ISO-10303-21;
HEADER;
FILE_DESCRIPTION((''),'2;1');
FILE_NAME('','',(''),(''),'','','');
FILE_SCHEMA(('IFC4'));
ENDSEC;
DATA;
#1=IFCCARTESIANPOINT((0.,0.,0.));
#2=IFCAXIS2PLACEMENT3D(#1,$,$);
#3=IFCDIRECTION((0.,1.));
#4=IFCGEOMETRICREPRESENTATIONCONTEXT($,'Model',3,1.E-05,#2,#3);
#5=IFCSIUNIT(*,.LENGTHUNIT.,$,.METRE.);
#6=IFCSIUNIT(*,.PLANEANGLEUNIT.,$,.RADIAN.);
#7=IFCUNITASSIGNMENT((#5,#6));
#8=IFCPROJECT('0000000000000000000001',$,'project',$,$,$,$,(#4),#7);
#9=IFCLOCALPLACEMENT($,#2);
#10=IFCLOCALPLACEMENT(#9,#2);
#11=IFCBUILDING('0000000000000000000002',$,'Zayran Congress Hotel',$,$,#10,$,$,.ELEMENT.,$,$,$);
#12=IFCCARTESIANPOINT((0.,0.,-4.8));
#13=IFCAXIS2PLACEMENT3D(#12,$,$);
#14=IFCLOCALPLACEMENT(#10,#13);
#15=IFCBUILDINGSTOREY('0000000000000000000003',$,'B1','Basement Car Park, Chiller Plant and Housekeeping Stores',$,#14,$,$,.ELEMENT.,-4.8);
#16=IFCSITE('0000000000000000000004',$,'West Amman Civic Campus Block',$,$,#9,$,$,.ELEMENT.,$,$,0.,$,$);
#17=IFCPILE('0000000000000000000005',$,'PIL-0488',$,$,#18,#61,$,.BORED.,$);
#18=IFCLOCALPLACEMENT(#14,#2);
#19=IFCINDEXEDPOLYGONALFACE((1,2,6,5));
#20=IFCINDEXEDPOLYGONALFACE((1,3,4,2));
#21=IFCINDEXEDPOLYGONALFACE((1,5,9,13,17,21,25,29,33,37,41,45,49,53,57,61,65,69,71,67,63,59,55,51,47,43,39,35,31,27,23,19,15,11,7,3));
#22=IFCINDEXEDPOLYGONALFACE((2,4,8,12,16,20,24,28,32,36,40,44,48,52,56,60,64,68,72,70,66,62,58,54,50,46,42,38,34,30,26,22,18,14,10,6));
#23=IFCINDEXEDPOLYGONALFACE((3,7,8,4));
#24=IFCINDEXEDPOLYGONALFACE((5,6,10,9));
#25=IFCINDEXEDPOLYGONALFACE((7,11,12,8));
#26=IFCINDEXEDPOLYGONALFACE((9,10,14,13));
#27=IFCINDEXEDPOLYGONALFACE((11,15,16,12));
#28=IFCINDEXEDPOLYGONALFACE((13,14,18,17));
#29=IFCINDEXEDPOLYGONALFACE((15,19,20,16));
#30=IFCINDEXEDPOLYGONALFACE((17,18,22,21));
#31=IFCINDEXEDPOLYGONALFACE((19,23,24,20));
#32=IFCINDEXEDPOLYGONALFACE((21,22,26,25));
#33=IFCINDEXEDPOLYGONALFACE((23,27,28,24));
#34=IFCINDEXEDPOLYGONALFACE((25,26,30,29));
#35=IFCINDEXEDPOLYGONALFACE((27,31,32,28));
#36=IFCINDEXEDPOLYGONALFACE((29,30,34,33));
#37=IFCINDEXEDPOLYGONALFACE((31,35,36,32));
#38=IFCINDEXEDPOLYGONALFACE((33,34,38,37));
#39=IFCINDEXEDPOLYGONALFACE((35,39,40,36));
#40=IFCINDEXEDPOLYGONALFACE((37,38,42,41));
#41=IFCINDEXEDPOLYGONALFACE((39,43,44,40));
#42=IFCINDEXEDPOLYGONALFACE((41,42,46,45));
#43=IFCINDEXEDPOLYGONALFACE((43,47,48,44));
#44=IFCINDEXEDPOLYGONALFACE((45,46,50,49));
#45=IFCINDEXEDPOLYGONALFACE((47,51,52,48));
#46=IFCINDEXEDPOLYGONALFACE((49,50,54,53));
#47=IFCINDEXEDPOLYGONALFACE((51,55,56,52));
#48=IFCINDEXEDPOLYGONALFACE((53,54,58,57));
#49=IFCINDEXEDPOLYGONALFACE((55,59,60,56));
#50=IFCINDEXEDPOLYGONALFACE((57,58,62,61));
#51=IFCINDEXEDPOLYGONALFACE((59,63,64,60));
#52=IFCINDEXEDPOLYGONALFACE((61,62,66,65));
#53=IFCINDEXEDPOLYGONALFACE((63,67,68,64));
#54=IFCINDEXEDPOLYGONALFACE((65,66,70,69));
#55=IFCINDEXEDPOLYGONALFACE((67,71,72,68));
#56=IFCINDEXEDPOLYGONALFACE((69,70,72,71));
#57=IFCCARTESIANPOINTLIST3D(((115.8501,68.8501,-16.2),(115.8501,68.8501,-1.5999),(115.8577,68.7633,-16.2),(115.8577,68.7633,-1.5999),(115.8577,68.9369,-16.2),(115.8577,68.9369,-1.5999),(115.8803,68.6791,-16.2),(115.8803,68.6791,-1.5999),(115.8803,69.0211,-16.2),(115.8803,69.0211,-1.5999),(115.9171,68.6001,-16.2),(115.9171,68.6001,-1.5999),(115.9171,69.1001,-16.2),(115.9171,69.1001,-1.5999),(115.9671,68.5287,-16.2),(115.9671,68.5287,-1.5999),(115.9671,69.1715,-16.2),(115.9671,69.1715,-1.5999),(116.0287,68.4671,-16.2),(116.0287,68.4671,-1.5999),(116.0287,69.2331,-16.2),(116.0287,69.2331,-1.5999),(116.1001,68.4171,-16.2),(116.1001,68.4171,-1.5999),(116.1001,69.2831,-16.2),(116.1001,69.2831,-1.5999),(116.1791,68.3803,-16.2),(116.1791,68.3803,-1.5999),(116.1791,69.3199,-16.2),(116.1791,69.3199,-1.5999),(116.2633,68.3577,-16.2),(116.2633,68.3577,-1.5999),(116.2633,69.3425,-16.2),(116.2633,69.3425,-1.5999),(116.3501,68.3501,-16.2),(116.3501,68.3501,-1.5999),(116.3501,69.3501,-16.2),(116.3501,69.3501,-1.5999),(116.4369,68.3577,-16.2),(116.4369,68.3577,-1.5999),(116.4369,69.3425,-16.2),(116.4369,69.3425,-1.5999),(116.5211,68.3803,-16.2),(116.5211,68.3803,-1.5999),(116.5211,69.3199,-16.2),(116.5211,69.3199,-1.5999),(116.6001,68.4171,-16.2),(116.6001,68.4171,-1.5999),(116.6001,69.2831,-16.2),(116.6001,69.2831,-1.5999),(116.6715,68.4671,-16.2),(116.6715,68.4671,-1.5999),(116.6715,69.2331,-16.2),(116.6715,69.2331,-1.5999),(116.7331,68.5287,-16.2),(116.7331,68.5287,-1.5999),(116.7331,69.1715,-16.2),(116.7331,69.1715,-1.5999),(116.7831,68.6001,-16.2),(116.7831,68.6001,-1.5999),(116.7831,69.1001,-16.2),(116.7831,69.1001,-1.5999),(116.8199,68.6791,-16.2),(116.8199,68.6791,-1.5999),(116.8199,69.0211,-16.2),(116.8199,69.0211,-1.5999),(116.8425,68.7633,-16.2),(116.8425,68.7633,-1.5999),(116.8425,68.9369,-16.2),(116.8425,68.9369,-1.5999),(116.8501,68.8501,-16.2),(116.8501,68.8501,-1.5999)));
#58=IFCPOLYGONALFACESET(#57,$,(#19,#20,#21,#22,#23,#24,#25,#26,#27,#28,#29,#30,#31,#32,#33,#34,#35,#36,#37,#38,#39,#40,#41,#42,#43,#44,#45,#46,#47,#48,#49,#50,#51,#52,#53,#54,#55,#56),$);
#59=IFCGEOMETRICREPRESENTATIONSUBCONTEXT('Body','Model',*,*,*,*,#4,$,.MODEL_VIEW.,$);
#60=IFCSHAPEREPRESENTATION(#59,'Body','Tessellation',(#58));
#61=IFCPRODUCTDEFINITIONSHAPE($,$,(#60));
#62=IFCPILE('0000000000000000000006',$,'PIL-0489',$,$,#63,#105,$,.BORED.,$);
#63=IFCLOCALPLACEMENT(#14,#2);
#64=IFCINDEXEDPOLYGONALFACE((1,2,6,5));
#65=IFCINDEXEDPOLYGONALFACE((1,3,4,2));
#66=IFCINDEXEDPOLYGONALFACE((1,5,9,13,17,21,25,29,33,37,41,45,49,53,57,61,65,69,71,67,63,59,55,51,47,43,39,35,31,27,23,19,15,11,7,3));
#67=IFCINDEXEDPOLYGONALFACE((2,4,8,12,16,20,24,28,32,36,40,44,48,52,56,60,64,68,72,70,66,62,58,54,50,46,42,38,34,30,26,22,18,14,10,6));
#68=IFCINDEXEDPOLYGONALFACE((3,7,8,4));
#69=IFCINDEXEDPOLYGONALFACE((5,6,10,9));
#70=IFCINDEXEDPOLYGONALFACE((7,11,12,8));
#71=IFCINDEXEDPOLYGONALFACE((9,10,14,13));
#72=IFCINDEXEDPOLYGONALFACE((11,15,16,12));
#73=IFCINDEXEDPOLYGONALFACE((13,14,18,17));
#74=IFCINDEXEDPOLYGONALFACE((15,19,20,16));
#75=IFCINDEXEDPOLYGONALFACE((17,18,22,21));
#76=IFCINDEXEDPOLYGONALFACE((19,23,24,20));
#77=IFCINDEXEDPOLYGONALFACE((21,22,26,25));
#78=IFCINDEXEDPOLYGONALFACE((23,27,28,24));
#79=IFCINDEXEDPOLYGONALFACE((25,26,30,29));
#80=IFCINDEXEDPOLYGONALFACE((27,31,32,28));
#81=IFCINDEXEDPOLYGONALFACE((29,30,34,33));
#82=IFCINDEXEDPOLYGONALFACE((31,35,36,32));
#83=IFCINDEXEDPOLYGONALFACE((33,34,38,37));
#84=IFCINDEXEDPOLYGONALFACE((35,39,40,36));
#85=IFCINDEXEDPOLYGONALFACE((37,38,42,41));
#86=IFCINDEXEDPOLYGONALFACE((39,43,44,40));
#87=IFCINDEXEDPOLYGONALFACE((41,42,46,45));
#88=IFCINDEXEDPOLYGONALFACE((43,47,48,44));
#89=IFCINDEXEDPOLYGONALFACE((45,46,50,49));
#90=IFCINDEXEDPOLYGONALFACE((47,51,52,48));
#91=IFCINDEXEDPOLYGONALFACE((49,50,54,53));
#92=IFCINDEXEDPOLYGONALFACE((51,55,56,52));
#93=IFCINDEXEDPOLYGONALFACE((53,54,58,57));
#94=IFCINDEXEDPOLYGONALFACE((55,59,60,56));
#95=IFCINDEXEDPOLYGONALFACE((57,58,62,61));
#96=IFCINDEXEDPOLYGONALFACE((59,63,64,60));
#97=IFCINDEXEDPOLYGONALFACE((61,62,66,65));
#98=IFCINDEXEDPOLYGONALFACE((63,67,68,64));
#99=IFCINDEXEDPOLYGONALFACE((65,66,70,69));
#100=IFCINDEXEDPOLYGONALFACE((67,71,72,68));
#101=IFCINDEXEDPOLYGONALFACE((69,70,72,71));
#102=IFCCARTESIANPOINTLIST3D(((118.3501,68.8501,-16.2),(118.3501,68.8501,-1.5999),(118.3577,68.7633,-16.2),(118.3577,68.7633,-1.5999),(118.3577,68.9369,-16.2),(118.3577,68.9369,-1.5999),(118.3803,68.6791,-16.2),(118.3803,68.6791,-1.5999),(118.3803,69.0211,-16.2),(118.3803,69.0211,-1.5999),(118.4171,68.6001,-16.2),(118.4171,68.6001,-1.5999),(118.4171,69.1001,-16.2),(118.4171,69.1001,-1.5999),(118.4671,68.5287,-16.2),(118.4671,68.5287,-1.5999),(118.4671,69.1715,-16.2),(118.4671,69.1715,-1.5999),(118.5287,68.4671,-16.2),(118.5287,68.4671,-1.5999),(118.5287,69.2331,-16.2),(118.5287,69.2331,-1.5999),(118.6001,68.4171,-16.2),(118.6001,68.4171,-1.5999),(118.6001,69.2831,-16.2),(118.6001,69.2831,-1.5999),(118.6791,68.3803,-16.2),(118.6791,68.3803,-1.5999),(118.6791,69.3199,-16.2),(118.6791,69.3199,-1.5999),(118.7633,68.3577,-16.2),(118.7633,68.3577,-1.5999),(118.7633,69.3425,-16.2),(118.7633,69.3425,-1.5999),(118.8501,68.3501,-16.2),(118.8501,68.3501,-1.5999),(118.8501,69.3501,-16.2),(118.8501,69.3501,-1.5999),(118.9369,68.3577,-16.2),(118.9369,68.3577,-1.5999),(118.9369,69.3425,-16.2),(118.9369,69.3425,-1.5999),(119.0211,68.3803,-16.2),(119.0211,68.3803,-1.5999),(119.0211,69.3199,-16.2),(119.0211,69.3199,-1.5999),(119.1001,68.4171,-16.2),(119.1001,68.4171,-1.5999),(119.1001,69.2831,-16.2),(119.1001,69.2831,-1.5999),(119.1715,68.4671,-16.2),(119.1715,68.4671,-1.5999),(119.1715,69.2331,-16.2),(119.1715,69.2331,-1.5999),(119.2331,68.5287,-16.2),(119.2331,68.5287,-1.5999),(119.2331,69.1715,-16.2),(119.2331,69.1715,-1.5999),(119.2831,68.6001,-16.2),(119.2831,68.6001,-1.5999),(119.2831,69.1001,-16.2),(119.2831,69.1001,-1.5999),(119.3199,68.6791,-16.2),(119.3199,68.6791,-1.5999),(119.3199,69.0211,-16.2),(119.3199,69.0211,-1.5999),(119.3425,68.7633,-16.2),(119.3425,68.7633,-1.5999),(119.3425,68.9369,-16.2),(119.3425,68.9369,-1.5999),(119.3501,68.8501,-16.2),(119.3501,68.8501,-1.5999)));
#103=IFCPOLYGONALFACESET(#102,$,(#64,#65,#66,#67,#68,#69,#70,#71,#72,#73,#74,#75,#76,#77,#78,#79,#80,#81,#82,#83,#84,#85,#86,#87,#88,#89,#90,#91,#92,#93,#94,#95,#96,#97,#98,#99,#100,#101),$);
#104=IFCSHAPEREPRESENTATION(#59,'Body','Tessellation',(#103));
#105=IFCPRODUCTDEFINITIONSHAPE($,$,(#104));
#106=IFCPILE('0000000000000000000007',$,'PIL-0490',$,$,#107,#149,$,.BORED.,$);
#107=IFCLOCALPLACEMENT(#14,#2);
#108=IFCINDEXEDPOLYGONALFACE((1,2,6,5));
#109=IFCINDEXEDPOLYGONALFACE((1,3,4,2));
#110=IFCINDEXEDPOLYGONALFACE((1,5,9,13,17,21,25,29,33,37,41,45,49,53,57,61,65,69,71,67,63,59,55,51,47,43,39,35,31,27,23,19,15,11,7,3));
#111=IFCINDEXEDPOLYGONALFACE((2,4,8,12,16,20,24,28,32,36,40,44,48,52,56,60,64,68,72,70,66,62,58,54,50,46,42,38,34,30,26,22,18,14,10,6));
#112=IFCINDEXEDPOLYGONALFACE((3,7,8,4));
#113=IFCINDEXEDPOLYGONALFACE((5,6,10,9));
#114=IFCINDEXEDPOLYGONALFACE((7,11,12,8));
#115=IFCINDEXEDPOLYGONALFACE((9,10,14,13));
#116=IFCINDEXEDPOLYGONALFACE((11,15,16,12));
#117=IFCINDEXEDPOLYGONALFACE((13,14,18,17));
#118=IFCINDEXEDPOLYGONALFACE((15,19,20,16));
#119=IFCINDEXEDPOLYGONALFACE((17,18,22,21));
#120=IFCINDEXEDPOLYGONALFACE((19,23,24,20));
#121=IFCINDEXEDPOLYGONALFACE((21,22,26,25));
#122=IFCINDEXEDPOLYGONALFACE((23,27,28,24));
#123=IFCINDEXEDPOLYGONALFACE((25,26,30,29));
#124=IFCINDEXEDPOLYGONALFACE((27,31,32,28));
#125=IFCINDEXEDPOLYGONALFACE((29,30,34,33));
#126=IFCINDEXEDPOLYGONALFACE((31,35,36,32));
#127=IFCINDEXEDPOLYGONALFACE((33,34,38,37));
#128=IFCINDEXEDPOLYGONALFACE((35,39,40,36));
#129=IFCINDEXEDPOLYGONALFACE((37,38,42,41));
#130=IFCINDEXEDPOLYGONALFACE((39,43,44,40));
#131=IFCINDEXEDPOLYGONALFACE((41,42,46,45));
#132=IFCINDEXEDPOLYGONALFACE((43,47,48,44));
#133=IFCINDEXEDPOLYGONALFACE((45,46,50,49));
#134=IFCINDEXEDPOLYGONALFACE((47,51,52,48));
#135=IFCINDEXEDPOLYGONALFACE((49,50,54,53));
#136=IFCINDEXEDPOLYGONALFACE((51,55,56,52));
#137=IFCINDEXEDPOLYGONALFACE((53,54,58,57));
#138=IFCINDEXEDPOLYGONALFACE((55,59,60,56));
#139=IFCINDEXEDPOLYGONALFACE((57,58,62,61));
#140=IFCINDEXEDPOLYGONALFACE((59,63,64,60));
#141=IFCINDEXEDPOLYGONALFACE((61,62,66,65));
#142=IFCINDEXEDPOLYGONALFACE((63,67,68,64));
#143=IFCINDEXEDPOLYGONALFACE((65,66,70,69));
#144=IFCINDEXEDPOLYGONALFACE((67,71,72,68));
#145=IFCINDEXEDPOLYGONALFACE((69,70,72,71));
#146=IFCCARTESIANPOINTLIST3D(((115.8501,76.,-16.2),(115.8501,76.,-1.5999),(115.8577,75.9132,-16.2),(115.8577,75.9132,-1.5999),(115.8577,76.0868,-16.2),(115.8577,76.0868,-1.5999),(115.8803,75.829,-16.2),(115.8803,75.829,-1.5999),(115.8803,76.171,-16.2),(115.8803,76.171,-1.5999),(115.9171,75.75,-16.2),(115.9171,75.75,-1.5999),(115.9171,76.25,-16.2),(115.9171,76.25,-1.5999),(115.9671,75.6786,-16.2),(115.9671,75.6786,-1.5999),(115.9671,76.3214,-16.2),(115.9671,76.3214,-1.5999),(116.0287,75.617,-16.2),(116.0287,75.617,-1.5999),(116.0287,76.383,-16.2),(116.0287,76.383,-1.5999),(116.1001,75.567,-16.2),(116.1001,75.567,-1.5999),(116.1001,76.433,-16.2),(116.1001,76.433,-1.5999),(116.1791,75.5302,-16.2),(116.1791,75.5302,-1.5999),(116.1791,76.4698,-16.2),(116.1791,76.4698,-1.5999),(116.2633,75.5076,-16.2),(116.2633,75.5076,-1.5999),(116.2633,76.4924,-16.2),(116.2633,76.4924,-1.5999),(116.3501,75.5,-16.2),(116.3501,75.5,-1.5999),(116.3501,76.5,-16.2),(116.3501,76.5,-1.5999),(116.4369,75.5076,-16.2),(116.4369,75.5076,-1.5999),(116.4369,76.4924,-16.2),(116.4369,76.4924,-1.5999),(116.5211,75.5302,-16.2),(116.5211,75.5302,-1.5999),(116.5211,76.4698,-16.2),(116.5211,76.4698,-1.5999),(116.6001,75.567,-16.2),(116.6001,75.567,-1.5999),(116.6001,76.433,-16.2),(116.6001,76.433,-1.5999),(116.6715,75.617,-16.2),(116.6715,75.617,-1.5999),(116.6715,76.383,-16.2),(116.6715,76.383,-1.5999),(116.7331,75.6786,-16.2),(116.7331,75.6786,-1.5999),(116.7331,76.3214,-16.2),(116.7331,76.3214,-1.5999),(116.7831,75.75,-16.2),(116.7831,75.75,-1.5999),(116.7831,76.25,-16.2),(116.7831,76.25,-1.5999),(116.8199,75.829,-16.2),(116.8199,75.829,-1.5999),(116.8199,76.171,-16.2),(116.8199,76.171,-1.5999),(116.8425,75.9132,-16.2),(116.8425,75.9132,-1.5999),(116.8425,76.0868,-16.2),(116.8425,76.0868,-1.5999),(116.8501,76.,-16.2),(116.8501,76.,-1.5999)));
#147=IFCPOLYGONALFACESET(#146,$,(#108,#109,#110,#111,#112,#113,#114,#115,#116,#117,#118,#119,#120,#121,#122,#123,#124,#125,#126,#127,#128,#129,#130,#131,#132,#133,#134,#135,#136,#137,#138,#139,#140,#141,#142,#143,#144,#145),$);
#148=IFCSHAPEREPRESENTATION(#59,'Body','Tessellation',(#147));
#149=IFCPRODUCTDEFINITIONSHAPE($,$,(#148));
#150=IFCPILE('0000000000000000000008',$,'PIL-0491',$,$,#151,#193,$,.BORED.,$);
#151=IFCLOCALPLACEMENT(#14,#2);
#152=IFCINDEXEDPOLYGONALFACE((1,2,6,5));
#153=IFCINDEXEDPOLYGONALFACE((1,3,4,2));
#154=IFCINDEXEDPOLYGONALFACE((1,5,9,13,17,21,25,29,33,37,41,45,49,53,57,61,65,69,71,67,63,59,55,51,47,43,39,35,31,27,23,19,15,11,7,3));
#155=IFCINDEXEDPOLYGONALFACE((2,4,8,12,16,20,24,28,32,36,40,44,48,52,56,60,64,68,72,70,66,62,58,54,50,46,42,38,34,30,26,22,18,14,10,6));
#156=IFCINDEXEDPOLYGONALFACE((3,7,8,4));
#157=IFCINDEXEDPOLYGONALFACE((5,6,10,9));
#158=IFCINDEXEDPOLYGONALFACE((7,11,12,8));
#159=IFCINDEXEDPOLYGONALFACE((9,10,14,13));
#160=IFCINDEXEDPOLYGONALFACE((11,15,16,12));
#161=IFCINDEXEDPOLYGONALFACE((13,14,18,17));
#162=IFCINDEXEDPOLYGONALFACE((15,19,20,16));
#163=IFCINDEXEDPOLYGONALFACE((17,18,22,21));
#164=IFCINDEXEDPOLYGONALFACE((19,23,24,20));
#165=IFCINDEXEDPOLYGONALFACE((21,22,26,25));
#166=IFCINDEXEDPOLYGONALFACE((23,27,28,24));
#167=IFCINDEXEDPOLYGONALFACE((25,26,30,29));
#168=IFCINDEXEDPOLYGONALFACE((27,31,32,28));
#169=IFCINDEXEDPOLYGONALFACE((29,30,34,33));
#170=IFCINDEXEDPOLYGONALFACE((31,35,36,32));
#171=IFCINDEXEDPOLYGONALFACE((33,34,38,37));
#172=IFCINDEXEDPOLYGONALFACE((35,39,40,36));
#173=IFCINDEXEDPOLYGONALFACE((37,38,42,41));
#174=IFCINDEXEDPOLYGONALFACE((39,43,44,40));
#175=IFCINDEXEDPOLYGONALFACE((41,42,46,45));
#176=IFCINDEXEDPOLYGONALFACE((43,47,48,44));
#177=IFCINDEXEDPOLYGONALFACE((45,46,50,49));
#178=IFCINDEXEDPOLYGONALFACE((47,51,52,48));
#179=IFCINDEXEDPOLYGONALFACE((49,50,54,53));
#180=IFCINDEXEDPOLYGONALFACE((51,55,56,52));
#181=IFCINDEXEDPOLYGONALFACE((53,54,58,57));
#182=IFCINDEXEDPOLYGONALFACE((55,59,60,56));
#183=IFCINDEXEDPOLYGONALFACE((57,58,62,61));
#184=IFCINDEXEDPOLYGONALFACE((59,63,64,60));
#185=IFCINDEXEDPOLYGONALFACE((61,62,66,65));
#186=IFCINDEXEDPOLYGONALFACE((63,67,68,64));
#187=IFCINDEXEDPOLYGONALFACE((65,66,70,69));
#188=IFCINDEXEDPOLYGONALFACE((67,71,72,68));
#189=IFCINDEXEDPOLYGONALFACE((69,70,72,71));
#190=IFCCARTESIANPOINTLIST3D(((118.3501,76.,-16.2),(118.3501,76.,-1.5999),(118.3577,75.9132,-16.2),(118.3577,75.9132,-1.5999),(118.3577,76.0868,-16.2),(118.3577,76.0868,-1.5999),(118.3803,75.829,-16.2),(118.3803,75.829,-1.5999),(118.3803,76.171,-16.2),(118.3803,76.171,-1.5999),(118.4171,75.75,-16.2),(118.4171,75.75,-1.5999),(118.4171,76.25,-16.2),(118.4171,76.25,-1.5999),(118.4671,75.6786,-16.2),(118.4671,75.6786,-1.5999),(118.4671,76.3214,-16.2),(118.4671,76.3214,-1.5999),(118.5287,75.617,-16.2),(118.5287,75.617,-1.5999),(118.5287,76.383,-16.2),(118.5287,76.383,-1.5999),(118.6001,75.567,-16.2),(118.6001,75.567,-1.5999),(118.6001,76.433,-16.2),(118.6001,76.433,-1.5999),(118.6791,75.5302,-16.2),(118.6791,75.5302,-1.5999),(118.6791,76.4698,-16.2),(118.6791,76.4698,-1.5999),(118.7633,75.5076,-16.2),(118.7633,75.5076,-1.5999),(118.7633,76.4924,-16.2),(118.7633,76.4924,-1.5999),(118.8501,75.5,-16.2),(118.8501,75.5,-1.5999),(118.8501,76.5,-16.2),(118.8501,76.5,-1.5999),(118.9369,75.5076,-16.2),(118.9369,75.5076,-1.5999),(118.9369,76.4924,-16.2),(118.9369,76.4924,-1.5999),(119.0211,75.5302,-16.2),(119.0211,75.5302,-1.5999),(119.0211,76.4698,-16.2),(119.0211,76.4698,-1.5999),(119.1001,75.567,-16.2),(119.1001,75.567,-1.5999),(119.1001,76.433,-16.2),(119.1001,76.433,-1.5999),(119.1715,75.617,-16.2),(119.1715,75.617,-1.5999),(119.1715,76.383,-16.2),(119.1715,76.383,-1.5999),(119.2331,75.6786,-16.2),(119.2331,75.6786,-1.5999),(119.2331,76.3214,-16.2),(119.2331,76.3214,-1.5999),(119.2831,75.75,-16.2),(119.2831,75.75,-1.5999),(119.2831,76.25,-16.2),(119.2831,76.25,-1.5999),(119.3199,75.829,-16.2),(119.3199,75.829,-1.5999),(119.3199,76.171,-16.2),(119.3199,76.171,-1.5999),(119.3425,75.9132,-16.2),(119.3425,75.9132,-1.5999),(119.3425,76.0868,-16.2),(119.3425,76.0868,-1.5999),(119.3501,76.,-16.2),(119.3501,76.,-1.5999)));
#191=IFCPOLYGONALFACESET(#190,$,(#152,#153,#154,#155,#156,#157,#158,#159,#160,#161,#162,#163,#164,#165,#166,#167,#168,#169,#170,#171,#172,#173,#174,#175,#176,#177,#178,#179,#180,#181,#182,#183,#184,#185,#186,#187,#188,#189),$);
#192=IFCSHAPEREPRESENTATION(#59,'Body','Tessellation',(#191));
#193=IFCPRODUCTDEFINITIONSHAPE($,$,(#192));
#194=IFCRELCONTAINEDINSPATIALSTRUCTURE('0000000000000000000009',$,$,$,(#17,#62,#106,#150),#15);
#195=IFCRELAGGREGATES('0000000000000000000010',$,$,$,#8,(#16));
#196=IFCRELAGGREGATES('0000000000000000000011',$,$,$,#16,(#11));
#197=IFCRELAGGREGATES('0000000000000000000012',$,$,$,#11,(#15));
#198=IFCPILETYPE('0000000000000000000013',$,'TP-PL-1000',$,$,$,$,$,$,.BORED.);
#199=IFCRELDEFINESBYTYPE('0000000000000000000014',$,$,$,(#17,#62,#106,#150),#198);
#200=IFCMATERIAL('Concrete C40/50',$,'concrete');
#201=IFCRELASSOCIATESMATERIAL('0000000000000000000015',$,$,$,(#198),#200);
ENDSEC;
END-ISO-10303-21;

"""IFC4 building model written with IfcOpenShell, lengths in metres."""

from ifc_helpers import new_model, si_unit, direction, frame, origin, origin_2d, place, context, subcontext, project, spatial, circle, extrude, material, material_profile, profile_set, type_object, element, save


model = new_model("IFC4")

# Units and contexts
model_context = context("Model", 3, precision=1e-05, world=origin(), true_north=direction((0.0, 1.0)))
body_context = subcontext(model_context, "Body", "Model", "MODEL_VIEW")
ifc_project = project(units=[si_unit("LENGTHUNIT", "METRE"), si_unit("PLANEANGLEUNIT", "RADIAN")], contexts=[model_context])

# Site, building, storey
site_placement = place(None, origin())
site = spatial("IfcSite", under=ifc_project, at=site_placement, Name="West Amman Civic Campus Block", CompositionType="ELEMENT", RefElevation=0.0)
building_placement = place(site_placement, origin())
building = spatial("IfcBuilding", under=site, at=building_placement, Name="Zayran Congress Hotel", CompositionType="ELEMENT")
storey_placement = place(building_placement, frame((0.0, 0.0, -4.8)))
storey = spatial("IfcBuildingStorey", under=building, at=storey_placement, Name="B1", Description="Basement Car Park, Chiller Plant and Housekeeping Stores", CompositionType="ELEMENT", Elevation=-4.8)

# Piles
ifc_material_1 = material(Name="Concrete C40/50", Category="concrete")
ifc_material_profile_1 = material_profile(ifc_material_1, circle(Radius=0.5, at=origin_2d()), Name="PILE D1000")
ifc_profile_set_1 = profile_set([ifc_material_profile_1], Name="Concrete C40/50")
pile_type = type_object("IfcPileType", Name="TP-PL-1000", PredefinedType="BORED", material=ifc_profile_set_1)
for number, where, z_axis, x_axis, name in (
    (1, (116.3501, 68.8501, -1.5999), (0.0, 0.0, -1.0), (1.0, 0.0, 0.0), "PIL-0488"),
    (2, (118.8501, 68.8501, -1.5999), (0.0, 0.0, -1.0), (1.0, 0.0, 0.0), "PIL-0489"),
    (3, (116.3501, 76.0, -1.5999), (0.0, 0.0, -1.0), (1.0, 0.0, 0.0), "PIL-0490"),
    (4, (118.8501, 76.0, -1.5999), (0.0, 0.0, -1.0), (1.0, 0.0, 0.0), "PIL-0491"),
):
    element("IfcPile", number, at=place(storey_placement, frame(where, z_axis=z_axis, x_axis=x_axis)), inside=storey, type_object=pile_type, Name=name, PredefinedType="BORED", context=body_context, shape_type="SweptSolid", body=[
        extrude(circle(Radius=0.5, at=origin_2d()), origin(), (0.0, 0.0, 1.0), 14.6001),
    ])

save(model, "model.ifc")
